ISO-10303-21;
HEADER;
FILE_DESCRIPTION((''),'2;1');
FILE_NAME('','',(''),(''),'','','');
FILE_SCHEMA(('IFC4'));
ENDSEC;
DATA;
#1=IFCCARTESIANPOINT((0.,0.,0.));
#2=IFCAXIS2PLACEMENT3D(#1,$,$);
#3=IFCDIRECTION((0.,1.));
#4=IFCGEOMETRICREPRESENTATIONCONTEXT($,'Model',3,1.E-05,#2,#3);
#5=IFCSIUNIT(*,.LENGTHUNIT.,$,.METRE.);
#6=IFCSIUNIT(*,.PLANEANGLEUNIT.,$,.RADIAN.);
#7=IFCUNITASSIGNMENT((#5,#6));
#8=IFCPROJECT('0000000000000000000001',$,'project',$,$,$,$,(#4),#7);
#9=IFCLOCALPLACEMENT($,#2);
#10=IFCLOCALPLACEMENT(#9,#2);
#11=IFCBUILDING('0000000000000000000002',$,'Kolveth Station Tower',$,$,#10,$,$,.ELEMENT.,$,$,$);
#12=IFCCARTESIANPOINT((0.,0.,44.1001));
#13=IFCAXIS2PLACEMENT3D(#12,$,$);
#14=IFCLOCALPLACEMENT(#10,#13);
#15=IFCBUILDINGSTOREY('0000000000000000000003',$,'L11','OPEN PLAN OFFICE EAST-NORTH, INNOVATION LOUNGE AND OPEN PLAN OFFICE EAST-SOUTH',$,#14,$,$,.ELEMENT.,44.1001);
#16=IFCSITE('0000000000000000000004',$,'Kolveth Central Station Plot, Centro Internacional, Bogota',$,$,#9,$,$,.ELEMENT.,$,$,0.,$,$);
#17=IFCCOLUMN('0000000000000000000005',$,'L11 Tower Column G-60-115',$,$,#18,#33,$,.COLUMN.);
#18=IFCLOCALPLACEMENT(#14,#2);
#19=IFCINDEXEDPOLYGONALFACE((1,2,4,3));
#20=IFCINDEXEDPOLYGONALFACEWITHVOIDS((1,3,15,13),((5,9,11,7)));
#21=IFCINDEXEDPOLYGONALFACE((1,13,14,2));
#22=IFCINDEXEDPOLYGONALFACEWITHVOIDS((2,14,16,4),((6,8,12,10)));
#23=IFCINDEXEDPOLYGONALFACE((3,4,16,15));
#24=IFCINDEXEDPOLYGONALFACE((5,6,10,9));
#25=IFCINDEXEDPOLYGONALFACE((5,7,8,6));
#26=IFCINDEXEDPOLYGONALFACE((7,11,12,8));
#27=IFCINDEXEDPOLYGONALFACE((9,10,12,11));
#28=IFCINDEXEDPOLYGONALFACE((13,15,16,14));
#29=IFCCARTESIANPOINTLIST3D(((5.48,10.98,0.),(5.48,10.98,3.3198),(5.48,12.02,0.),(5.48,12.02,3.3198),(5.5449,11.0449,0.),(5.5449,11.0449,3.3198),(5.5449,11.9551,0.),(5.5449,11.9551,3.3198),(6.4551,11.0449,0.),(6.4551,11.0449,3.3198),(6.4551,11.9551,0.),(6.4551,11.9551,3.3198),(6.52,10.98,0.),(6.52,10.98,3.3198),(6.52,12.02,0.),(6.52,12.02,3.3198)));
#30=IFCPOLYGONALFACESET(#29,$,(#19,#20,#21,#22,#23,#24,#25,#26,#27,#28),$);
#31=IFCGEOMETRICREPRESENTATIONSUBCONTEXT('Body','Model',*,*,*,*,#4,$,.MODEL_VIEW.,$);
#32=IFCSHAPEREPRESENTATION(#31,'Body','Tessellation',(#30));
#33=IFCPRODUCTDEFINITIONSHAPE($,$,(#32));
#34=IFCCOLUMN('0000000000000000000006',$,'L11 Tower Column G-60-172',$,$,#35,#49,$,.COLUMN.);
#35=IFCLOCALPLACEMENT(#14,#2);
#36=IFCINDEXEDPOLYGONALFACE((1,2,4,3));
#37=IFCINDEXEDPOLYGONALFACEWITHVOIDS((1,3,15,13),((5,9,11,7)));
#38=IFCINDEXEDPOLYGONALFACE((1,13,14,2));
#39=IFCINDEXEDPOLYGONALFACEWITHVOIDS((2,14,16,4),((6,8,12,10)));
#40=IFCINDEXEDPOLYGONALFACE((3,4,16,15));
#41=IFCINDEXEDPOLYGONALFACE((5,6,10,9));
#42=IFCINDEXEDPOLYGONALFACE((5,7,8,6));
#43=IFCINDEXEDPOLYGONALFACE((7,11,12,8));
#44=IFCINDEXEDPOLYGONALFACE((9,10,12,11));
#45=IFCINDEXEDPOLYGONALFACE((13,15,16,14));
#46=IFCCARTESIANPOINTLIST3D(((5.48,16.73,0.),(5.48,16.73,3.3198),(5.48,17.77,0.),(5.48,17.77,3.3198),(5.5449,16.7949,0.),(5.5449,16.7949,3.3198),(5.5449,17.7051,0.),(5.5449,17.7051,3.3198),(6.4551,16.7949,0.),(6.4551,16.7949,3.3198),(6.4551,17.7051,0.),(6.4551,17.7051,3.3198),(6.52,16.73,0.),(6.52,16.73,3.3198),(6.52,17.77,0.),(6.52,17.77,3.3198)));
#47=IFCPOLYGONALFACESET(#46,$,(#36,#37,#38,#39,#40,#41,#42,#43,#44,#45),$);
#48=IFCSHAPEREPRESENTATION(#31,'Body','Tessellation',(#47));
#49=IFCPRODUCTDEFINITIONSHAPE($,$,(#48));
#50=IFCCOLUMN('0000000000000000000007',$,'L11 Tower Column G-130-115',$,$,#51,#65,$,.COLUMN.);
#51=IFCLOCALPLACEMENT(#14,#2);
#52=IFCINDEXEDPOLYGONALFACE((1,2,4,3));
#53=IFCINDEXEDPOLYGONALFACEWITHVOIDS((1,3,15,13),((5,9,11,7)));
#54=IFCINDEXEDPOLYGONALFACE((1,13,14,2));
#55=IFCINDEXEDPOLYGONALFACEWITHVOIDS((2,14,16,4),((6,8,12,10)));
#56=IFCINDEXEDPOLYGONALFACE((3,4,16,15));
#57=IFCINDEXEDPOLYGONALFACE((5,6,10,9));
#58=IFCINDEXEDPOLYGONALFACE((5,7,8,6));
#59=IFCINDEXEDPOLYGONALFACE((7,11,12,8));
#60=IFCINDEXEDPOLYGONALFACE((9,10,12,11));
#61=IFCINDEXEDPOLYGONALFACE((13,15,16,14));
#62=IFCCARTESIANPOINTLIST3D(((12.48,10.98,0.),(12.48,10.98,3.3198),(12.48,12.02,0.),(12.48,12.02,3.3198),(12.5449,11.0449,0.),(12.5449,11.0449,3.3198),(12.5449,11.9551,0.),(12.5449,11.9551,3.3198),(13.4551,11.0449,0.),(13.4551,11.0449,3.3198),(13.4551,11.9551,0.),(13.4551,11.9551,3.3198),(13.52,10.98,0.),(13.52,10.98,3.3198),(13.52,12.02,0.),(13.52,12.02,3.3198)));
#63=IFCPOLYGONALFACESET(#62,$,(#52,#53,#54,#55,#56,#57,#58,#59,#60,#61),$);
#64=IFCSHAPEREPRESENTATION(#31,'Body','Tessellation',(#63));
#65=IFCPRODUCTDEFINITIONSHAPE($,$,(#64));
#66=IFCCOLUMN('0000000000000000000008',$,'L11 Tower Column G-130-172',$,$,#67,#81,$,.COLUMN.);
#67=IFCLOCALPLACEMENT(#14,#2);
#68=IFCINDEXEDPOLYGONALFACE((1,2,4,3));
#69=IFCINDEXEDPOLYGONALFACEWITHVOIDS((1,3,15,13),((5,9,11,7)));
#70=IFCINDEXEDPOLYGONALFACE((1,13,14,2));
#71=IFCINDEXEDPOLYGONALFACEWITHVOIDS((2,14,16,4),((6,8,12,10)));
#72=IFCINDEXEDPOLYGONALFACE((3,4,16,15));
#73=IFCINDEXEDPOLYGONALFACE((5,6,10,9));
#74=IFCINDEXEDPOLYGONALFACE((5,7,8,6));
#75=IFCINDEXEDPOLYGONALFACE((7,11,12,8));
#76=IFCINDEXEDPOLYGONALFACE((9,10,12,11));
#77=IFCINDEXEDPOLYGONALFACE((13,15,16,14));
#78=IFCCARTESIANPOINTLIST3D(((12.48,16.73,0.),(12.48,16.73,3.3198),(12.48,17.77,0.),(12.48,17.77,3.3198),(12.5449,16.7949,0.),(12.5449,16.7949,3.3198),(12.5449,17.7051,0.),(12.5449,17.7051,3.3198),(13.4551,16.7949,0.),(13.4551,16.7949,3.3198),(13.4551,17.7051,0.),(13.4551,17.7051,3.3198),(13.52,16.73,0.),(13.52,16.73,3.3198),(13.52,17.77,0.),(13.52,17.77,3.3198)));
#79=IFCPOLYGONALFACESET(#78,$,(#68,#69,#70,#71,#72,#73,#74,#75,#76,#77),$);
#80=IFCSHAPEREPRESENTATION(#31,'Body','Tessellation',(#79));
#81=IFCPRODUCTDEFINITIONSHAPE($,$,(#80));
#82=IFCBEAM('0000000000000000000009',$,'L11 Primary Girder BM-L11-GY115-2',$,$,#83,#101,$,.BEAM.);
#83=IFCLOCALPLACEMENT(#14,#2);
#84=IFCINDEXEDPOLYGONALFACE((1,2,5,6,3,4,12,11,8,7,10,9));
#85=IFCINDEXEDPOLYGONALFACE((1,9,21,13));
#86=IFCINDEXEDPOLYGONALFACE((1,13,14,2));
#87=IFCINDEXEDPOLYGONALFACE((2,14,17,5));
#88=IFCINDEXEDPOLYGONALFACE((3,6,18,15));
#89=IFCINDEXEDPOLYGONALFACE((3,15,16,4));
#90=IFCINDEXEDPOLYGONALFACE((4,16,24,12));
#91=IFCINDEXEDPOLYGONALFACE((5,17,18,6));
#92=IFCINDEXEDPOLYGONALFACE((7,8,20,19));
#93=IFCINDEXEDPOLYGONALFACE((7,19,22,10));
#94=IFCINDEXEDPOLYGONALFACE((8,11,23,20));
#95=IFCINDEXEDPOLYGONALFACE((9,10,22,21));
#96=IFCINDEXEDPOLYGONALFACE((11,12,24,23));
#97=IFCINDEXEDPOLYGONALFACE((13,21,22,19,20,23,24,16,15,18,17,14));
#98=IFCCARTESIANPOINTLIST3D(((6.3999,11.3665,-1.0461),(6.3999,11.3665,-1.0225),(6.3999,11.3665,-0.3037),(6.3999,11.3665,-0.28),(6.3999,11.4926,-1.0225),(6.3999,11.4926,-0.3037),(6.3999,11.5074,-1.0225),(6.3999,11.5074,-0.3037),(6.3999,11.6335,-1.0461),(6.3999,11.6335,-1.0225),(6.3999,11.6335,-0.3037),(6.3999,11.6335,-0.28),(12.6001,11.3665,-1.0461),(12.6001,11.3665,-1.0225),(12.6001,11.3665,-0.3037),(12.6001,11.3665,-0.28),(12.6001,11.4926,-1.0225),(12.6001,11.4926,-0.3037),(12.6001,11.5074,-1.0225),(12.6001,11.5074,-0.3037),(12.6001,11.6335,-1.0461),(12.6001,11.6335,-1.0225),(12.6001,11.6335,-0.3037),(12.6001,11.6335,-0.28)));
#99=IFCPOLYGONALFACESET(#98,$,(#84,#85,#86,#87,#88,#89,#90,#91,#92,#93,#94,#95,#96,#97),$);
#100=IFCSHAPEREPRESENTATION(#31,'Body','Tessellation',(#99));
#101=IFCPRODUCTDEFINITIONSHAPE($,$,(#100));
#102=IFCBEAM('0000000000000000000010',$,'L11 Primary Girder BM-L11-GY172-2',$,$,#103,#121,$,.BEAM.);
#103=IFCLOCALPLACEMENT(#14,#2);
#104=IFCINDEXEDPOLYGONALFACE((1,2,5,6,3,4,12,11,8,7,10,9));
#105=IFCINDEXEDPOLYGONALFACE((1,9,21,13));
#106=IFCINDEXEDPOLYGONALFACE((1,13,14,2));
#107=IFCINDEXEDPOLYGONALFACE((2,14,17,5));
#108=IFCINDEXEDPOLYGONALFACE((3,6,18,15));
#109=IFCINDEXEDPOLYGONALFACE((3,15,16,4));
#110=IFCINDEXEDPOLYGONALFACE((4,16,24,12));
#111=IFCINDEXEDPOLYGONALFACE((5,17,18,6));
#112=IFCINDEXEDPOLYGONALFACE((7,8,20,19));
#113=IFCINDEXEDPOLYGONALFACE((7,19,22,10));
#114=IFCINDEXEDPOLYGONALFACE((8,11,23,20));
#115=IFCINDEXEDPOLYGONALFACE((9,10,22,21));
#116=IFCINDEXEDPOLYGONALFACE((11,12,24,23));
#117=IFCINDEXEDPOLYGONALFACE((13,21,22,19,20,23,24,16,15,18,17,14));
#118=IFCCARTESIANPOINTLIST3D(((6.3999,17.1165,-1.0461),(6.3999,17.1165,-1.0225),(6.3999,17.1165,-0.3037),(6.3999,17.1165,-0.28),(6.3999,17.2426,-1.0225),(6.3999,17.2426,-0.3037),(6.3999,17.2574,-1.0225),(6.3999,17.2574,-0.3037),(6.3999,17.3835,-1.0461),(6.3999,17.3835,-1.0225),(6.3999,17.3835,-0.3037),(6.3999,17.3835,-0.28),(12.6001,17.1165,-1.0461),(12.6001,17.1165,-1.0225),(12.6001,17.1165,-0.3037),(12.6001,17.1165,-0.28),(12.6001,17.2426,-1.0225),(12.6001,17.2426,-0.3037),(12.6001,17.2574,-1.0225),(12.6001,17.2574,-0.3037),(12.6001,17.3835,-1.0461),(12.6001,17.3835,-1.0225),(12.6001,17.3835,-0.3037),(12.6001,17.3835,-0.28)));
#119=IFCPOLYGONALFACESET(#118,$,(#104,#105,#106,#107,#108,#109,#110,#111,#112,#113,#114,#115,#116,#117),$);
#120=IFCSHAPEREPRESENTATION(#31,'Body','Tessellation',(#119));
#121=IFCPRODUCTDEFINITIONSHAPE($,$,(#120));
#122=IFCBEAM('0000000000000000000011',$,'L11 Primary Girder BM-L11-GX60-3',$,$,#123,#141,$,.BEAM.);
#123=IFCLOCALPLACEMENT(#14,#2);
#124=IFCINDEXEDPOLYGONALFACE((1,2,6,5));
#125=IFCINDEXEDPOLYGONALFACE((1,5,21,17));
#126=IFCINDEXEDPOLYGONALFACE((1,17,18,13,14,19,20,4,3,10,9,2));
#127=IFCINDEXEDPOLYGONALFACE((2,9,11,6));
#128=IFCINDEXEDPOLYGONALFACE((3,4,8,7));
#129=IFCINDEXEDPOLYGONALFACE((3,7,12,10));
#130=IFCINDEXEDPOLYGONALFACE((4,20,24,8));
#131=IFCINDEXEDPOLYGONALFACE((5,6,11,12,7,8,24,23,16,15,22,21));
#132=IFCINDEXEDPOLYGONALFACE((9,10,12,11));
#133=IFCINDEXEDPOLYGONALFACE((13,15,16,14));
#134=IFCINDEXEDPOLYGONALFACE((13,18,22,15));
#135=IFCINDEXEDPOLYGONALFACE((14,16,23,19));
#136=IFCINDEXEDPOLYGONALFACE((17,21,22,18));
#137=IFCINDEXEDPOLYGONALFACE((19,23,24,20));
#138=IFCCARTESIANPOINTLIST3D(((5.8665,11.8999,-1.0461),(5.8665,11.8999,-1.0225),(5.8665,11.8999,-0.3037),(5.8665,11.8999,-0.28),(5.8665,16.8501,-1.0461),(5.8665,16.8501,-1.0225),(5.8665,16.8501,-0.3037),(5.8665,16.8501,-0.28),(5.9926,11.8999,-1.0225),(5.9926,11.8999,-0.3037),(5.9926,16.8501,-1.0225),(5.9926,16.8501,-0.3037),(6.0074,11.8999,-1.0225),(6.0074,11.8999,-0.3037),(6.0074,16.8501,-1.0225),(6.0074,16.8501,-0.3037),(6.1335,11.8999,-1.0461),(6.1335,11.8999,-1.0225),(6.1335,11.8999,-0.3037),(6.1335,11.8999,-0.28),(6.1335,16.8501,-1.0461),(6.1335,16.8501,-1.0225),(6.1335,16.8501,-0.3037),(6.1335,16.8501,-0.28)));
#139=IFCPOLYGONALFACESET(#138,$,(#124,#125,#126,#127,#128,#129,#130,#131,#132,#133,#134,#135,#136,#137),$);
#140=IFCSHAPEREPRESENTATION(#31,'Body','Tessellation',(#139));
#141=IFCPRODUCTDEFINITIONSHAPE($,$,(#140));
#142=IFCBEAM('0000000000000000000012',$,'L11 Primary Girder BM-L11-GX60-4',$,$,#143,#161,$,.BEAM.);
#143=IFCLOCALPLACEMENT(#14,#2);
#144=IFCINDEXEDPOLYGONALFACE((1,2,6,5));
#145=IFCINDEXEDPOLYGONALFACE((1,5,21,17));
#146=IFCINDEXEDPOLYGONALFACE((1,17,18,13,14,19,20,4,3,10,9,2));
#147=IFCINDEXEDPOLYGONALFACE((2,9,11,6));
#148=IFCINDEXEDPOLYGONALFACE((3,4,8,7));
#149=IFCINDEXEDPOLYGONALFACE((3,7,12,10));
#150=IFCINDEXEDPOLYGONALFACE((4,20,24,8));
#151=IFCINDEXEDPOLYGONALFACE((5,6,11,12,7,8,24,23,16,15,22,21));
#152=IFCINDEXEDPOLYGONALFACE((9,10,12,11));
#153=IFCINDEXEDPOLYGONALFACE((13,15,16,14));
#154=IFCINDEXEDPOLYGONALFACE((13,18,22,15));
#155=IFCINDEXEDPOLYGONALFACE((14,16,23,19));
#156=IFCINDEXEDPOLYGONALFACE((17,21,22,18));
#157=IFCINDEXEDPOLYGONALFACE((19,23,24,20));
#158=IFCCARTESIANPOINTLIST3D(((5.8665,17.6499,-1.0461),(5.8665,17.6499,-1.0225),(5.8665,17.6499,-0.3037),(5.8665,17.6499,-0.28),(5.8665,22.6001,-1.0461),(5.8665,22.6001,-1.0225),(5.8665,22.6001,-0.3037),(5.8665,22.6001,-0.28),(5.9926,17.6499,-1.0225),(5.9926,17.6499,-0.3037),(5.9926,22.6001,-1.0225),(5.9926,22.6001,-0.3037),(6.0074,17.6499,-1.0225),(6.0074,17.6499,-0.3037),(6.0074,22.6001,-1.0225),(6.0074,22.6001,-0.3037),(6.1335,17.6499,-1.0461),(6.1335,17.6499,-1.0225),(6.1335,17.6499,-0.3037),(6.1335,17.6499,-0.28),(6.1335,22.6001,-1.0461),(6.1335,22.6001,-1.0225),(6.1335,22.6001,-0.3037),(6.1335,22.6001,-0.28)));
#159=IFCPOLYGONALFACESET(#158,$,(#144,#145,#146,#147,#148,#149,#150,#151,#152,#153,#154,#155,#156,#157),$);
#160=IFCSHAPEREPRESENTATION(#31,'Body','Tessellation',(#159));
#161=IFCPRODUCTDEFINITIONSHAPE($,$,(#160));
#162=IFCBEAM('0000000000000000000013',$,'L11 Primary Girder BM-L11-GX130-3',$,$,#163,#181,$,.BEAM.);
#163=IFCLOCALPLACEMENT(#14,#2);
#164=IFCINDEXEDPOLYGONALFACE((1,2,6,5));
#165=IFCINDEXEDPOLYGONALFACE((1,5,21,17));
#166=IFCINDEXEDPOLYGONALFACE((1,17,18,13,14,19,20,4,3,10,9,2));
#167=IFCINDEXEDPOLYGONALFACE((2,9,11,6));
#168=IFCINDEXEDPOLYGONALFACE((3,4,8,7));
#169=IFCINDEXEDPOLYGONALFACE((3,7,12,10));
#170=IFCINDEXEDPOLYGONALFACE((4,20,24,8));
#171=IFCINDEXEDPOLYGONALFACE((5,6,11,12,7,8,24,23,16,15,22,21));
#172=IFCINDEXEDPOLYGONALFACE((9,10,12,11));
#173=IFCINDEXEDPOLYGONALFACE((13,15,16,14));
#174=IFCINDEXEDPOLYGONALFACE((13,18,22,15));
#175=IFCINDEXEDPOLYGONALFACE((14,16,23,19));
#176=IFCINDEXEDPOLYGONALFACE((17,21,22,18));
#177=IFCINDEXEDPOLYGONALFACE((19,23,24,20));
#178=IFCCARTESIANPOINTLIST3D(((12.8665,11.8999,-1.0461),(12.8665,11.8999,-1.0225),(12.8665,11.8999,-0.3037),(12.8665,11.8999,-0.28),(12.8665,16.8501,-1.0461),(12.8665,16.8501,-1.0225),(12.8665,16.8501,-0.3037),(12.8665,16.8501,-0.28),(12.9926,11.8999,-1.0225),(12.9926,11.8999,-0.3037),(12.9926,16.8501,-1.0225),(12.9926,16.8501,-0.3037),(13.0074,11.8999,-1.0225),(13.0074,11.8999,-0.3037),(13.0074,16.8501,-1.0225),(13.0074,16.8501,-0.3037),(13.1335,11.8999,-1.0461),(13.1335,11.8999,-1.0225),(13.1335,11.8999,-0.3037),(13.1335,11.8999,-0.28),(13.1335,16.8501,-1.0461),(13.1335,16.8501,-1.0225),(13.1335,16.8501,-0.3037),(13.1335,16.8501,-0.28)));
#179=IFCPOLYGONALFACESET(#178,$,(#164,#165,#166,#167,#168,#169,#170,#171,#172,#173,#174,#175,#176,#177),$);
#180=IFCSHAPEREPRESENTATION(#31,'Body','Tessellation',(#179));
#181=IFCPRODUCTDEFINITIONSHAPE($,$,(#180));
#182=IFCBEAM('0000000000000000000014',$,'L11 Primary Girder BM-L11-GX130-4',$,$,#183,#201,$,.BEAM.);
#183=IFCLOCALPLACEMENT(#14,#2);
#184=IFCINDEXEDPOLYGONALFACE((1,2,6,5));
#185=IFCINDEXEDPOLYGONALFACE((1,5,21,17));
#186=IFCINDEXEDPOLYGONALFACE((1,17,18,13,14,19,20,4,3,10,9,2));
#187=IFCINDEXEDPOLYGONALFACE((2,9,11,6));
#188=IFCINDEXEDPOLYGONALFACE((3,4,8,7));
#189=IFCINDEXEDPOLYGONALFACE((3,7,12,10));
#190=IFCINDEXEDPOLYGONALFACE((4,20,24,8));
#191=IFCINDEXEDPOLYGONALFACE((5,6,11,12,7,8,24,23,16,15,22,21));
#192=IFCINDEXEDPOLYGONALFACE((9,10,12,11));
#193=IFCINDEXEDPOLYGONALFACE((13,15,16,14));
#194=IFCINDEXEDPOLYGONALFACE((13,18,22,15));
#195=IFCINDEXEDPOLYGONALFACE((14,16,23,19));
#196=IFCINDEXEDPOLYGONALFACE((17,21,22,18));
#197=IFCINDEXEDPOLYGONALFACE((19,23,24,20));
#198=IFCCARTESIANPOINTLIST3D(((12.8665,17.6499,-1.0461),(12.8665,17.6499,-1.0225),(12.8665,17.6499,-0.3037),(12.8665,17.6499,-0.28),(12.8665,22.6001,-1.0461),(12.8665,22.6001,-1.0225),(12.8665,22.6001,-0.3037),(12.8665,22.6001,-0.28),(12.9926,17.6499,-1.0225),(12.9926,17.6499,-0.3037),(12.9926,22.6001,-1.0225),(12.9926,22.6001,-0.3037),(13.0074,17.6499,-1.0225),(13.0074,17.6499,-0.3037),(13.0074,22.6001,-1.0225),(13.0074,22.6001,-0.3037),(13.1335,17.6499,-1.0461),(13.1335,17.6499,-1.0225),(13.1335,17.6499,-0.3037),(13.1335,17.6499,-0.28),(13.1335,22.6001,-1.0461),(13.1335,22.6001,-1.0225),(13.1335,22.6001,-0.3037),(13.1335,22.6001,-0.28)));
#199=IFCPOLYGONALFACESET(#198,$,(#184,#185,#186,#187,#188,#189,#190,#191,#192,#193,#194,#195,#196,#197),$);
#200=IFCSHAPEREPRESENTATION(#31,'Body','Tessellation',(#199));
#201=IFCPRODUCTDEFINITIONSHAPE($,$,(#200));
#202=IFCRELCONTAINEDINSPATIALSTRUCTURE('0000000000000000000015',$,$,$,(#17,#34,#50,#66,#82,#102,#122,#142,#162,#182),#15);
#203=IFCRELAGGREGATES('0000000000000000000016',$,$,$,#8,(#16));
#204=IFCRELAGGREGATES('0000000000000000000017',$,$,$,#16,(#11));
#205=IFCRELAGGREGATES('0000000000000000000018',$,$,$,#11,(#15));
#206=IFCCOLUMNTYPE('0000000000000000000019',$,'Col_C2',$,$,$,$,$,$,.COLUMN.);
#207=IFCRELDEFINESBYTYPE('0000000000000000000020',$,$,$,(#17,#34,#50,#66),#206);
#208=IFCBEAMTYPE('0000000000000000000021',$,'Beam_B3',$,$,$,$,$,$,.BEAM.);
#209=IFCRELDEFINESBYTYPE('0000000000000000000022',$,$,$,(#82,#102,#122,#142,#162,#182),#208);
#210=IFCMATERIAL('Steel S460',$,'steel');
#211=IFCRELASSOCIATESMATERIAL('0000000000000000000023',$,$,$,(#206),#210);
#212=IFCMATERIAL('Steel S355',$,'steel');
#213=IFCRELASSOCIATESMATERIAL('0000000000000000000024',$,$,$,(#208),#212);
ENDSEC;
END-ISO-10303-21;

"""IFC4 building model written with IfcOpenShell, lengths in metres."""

from ifc_helpers import new_model, si_unit, direction, frame, origin, origin_2d, place, context, subcontext, project, spatial, hollow_rectangle, i_section, extrude, source, transform, mapped, material, material_profile, profile_set, type_object, element, save


model = new_model("IFC4")

# Units and contexts
model_context = context("Model", 3, precision=1e-05, world=origin(), true_north=direction((0.0, 1.0)))
body_context = subcontext(model_context, "Body", "Model", "MODEL_VIEW")
ifc_project = project(units=[si_unit("LENGTHUNIT", "METRE"), si_unit("PLANEANGLEUNIT", "RADIAN")], contexts=[model_context])

# Site, building, storey
site_placement = place(None, origin())
site = spatial("IfcSite", under=ifc_project, at=site_placement, Name="Kolveth Central Station Plot, Centro Internacional, Bogota", CompositionType="ELEMENT", RefElevation=0.0)
building_placement = place(site_placement, origin())
building = spatial("IfcBuilding", under=site, at=building_placement, Name="Kolveth Station Tower", CompositionType="ELEMENT")
storey_placement = place(building_placement, frame((0.0, 0.0, 44.1001)))
storey = spatial("IfcBuildingStorey", under=building, at=storey_placement, Name="L11", Description="OPEN PLAN OFFICE EAST-NORTH, INNOVATION LOUNGE AND OPEN PLAN OFFICE EAST-SOUTH", CompositionType="ELEMENT", Elevation=44.1001)

# Columns
ifc_material_1 = material(Name="Steel S460", Category="steel")
ifc_material_profile_1 = material_profile(ifc_material_1, hollow_rectangle(XDim=1.04, YDim=1.04, WallThickness=0.0649, at=origin_2d()), Name="BOX1040x1040x65")
ifc_profile_set_1 = profile_set([ifc_material_profile_1], Name="Steel S460")
column_type = type_object("IfcColumnType", Name="Col_C2", PredefinedType="COLUMN", material=ifc_profile_set_1)
shared_shape_1 = source(origin(), body_context, "Body", "SweptSolid", [
    extrude(hollow_rectangle(XDim=1.04, YDim=1.04, WallThickness=0.0649, at=origin_2d()), origin(), (0.0, 0.0, 1.0), 3.3198),
])
for number, where, z_axis, x_axis, name in (
    (1, (6.0, 11.5, 0.0), (0.0, 0.0, 1.0), (1.0, 0.0, 0.0), "L11 Tower Column G-60-115"),
    (2, (6.0, 17.25, 0.0), (0.0, 0.0, 1.0), (1.0, 0.0, 0.0), "L11 Tower Column G-60-172"),
    (3, (13.0, 11.5, 0.0), (0.0, 0.0, 1.0), (1.0, 0.0, 0.0), "L11 Tower Column G-130-115"),
    (4, (13.0, 17.25, 0.0), (0.0, 0.0, 1.0), (1.0, 0.0, 0.0), "L11 Tower Column G-130-172"),
):
    element("IfcColumn", number, at=place(storey_placement, frame(where, z_axis=z_axis, x_axis=x_axis)), inside=storey, type_object=column_type, Name=name, PredefinedType="COLUMN", context=body_context, shape_type="MappedRepresentation", body=[
        mapped(shared_shape_1, transform((0.0, 0.0, 0.0), x_axis=(1.0, 0.0, 0.0), y_axis=(0.0, 1.0, 0.0), z_axis=(0.0, 0.0, 1.0), scale=1.0)),
    ])

# Beams
ifc_material_2 = material(Name="Steel S355", Category="steel")
ifc_material_profile_2 = material_profile(ifc_material_2, i_section(OverallWidth=0.2671, OverallDepth=0.7661, WebThickness=0.0149, FlangeThickness=0.0237, at=origin_2d()), Name="W760x185")
ifc_profile_set_2 = profile_set([ifc_material_profile_2], Name="Steel S355")
beam_type_1 = type_object("IfcBeamType", Name="Beam_B3", PredefinedType="BEAM", material=ifc_profile_set_2)
shared_shape_2 = source(origin(), body_context, "Body", "SweptSolid", [
    extrude(i_section(OverallWidth=0.2671, OverallDepth=0.7661, WebThickness=0.0149, FlangeThickness=0.0237, at=origin_2d()), origin(), (0.0, 0.0, 1.0), 6.2002),
])
for number, where, z_axis, x_axis, name in (
    (5, (6.3999, 11.5, -0.6631), (1.0, 0.0, 0.0), (0.0, 1.0, 0.0), "L11 Primary Girder BM-L11-GY115-2"),
    (6, (6.3999, 17.25, -0.6631), (1.0, 0.0, 0.0), (0.0, 1.0, 0.0), "L11 Primary Girder BM-L11-GY172-2"),
):
    element("IfcBeam", number, at=place(storey_placement, frame(where, z_axis=z_axis, x_axis=x_axis)), inside=storey, type_object=beam_type_1, Name=name, PredefinedType="BEAM", context=body_context, shape_type="MappedRepresentation", body=[
        mapped(shared_shape_2, transform((0.0, 0.0, 0.0), x_axis=(1.0, 0.0, 0.0), y_axis=(0.0, 1.0, 0.0), z_axis=(0.0, 0.0, 1.0), scale=1.0)),
    ])
shared_shape_3 = source(origin(), body_context, "Body", "SweptSolid", [
    extrude(i_section(OverallWidth=0.2671, OverallDepth=0.7661, WebThickness=0.0149, FlangeThickness=0.0237, at=origin_2d()), origin(), (0.0, 0.0, 1.0), 4.9502),
])
for number, where, z_axis, x_axis, name in (
    (7, (6.0, 11.8999, -0.6631), (0.0, 1.0, 0.0), (-1.0, 0.0, 0.0), "L11 Primary Girder BM-L11-GX60-3"),
    (8, (6.0, 17.6499, -0.6631), (0.0, 1.0, 0.0), (-1.0, 0.0, 0.0), "L11 Primary Girder BM-L11-GX60-4"),
    (9, (13.0, 11.8999, -0.6631), (0.0, 1.0, 0.0), (-1.0, 0.0, 0.0), "L11 Primary Girder BM-L11-GX130-3"),
    (10, (13.0, 17.6499, -0.6631), (0.0, 1.0, 0.0), (-1.0, 0.0, 0.0), "L11 Primary Girder BM-L11-GX130-4"),
):
    element("IfcBeam", number, at=place(storey_placement, frame(where, z_axis=z_axis, x_axis=x_axis)), inside=storey, type_object=beam_type_1, Name=name, PredefinedType="BEAM", context=body_context, shape_type="MappedRepresentation", body=[
        mapped(shared_shape_3, transform((0.0, 0.0, 0.0), x_axis=(1.0, 0.0, 0.0), y_axis=(0.0, 1.0, 0.0), z_axis=(0.0, 0.0, 1.0), scale=1.0)),
    ])

save(model, "model.ifc")
